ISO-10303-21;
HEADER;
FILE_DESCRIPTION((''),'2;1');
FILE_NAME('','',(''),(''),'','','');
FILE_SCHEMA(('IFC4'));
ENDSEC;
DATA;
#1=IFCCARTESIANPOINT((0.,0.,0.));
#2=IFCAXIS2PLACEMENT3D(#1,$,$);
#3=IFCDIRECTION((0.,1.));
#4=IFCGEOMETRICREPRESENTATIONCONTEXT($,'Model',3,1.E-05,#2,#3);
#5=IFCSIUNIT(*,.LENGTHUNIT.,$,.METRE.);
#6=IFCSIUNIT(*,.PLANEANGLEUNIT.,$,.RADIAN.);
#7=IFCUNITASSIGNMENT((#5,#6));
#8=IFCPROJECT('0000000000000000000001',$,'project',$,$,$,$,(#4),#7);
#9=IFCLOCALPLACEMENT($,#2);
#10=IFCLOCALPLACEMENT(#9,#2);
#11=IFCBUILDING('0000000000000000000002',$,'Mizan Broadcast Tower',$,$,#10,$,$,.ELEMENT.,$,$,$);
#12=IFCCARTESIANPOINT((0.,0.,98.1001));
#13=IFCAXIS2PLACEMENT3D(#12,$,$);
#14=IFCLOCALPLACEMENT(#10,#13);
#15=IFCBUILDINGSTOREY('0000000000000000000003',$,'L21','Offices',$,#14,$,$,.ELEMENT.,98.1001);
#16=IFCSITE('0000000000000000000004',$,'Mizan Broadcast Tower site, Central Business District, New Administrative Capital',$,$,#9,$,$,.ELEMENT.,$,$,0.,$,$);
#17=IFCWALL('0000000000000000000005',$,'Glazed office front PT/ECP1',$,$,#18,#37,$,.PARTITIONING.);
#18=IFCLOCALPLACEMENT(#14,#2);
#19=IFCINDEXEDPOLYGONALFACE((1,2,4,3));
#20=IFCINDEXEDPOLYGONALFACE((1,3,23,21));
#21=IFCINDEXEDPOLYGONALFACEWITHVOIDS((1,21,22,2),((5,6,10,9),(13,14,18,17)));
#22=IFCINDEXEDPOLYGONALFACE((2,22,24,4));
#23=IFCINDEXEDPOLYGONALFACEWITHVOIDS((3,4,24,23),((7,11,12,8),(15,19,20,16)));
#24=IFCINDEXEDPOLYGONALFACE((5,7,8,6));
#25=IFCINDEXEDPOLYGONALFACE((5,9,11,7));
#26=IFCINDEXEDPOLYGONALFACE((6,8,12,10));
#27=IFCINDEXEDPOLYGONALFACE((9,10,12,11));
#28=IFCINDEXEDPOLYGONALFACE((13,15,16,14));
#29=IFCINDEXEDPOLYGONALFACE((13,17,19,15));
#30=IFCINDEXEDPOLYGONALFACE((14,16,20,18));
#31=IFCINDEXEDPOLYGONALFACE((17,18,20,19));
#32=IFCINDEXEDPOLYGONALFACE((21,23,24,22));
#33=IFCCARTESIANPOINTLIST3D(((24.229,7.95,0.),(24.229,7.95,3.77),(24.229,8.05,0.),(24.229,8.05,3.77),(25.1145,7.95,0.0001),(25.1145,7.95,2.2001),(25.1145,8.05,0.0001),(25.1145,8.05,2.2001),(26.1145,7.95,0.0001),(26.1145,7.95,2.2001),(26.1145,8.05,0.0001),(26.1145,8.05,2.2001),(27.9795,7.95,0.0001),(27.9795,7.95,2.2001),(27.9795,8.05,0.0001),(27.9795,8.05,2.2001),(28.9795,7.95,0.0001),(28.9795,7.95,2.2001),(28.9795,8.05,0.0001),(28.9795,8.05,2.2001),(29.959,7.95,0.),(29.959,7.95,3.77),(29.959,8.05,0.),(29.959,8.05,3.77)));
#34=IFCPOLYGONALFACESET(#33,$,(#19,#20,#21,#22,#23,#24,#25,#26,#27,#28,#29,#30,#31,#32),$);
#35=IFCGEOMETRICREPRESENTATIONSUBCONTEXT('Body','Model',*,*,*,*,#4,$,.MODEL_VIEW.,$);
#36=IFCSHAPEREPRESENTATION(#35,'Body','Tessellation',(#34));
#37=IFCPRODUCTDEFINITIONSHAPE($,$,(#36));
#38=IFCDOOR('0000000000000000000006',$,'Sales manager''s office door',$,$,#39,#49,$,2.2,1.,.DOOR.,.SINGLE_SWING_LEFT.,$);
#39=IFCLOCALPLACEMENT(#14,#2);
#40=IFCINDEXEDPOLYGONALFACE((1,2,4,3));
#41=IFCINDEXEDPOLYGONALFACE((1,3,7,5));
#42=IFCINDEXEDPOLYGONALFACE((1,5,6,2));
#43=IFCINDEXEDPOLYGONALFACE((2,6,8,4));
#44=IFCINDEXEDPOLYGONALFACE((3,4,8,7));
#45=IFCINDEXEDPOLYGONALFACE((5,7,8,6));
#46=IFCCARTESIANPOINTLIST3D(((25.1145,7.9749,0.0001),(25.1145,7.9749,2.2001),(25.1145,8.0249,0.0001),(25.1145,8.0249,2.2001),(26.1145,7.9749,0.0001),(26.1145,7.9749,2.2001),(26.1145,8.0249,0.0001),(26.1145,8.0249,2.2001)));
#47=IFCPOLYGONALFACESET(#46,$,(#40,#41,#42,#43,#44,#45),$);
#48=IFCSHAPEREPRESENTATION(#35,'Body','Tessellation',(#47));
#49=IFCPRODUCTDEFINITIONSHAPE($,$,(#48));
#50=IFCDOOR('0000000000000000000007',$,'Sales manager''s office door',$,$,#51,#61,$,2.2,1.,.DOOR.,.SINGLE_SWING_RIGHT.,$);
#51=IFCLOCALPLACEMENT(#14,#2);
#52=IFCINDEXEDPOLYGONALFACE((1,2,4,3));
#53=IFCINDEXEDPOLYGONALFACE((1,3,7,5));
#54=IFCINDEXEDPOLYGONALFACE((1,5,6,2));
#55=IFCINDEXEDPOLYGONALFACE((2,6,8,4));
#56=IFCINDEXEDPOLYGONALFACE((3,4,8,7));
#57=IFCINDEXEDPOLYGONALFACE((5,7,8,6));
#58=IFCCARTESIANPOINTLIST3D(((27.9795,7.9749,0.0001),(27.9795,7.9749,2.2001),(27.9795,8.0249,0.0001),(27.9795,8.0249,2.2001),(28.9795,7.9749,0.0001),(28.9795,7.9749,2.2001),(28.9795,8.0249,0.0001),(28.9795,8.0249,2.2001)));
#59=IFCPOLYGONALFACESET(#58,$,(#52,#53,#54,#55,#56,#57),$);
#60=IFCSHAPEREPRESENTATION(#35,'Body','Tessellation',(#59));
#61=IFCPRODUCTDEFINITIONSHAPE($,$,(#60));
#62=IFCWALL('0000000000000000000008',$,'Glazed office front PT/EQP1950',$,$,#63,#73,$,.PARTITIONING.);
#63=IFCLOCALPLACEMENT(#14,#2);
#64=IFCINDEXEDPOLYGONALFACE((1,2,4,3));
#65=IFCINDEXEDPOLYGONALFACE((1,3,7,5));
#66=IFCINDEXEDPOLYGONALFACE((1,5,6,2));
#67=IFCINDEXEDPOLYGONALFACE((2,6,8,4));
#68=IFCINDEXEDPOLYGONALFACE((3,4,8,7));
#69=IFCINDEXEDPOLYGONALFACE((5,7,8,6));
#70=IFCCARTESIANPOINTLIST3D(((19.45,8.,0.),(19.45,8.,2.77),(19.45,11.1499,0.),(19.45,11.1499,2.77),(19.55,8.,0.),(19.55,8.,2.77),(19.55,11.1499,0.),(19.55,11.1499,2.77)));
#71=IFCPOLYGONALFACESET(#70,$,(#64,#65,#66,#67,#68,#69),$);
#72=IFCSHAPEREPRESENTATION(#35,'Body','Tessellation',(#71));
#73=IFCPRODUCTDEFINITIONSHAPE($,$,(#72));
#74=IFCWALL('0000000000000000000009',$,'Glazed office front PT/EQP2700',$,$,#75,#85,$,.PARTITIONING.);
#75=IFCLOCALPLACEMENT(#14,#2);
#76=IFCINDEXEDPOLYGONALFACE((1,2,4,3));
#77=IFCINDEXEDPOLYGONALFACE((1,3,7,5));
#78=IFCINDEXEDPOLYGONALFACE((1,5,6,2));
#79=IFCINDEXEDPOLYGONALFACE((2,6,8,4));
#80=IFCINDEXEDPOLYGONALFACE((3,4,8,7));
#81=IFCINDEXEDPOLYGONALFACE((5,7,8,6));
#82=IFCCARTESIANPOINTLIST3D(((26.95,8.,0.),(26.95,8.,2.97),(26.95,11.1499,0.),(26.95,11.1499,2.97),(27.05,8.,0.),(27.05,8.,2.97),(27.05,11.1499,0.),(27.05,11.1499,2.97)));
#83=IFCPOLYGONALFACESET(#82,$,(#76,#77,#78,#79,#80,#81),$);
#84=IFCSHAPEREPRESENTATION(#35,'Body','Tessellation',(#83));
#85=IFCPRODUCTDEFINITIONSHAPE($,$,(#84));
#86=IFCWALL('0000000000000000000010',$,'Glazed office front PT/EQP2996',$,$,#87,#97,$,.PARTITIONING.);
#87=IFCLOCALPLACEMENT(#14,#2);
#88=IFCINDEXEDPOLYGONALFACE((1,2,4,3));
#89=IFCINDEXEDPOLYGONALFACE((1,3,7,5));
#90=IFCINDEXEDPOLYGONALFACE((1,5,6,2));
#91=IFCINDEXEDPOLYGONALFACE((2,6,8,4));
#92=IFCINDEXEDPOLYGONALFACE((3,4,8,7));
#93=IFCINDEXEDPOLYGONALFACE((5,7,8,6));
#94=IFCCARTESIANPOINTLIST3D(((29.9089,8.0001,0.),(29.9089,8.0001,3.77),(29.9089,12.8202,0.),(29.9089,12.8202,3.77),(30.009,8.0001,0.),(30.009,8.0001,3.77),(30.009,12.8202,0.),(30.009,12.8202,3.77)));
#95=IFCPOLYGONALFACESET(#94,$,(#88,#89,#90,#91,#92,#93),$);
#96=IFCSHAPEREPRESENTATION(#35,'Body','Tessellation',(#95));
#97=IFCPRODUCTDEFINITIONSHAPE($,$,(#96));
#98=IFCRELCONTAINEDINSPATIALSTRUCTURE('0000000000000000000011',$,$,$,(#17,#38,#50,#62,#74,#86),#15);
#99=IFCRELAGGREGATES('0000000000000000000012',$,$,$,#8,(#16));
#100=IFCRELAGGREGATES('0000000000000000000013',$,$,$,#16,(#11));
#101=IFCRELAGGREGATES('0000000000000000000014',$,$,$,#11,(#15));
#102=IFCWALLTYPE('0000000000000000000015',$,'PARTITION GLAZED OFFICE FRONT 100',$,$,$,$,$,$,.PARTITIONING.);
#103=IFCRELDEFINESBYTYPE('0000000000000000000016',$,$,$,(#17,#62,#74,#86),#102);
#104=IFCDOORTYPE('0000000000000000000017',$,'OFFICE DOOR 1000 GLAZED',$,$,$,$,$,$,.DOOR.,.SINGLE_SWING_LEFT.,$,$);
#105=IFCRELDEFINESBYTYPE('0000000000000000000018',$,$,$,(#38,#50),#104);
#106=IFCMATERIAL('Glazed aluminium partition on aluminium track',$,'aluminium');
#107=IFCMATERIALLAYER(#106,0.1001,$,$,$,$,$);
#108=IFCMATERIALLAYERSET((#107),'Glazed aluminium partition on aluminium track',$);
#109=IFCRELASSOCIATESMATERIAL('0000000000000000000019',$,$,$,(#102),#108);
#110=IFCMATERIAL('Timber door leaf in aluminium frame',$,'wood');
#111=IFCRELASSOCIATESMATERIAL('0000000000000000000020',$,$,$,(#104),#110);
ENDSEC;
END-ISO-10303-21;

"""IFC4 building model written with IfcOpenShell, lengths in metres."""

from ifc_helpers import new_model, si_unit, direction, frame, frame_2d, origin, place, context, subcontext, project, spatial, rectangle, extrude, material, layer, layer_set, type_object, element, fill, save


model = new_model("IFC4")

# Units and contexts
model_context = context("Model", 3, precision=1e-05, world=origin(), true_north=direction((0.0, 1.0)))
body_context = subcontext(model_context, "Body", "Model", "MODEL_VIEW")
ifc_project = project(units=[si_unit("LENGTHUNIT", "METRE"), si_unit("PLANEANGLEUNIT", "RADIAN")], contexts=[model_context])

# Site, building, storey
site_placement = place(None, origin())
site = spatial("IfcSite", under=ifc_project, at=site_placement, Name="Mizan Broadcast Tower site, Central Business District, New Administrative Capital", CompositionType="ELEMENT", RefElevation=0.0)
building_placement = place(site_placement, origin())
building = spatial("IfcBuilding", under=site, at=building_placement, Name="Mizan Broadcast Tower", CompositionType="ELEMENT")
storey_placement = place(building_placement, frame((0.0, 0.0, 98.1001)))
storey = spatial("IfcBuildingStorey", under=building, at=storey_placement, Name="L21", Description="Offices", CompositionType="ELEMENT", Elevation=98.1001)

# Shared definitions
ifc_material_1 = material(Name="Glazed aluminium partition on aluminium track", Category="aluminium")
ifc_layer_1 = layer(ifc_material_1, 0.1001)
ifc_layer_set_1 = layer_set([ifc_layer_1], Name="Glazed aluminium partition on aluminium track")
wall_type = type_object("IfcWallType", Name="PARTITION GLAZED OFFICE FRONT 100", PredefinedType="PARTITIONING", material=ifc_layer_set_1)
ifc_material_2 = material(Name="Timber door leaf in aluminium frame", Category="wood")
door_type = type_object("IfcDoorType", Name="OFFICE DOOR 1000 GLAZED", OperationType="SINGLE_SWING_LEFT", PredefinedType="DOOR", material=ifc_material_2)

# Wall, openings, doors
wall_1_placement = place(storey_placement, frame((24.229, 8.0, 0.0), z_axis=(0.0, 0.0, 1.0), x_axis=(1.0, 0.0, 0.0)))
wall_1 = element("IfcWall", 1, at=wall_1_placement, inside=storey, type_object=wall_type, Name="Glazed office front PT/ECP1", PredefinedType="PARTITIONING", context=body_context, shape_type="SweptSolid", body=[
    extrude(rectangle(XDim=5.73, YDim=0.1001, at=frame_2d((2.865, 0.0))), origin(), (0.0, 0.0, 1.0), 3.77),
])
opening_1_placement = place(wall_1_placement, frame((0.8855, 0.0, 0.0)))
opening_1 = element("IfcOpeningElement", 2, at=opening_1_placement, cuts=wall_1, PredefinedType="OPENING", context=body_context, shape_type="SweptSolid", body=[
    extrude(rectangle(XDim=1.0, YDim=2.2, at=frame_2d((0.5, 1.1001))), frame((0.0, 0.0601, 0.0), z_axis=(0.0, -1.0, 0.0), x_axis=(1.0, 0.0, 0.0)), (0.0, 0.0, 1.0), 0.1201),
])
opening_2_placement = place(wall_1_placement, frame((3.7505, 0.0, 0.0)))
opening_2 = element("IfcOpeningElement", 3, at=opening_2_placement, cuts=wall_1, PredefinedType="OPENING", context=body_context, shape_type="SweptSolid", body=[
    extrude(rectangle(XDim=1.0, YDim=2.2, at=frame_2d((0.5, 1.1001))), frame((0.0, 0.0601, 0.0), z_axis=(0.0, -1.0, 0.0), x_axis=(1.0, 0.0, 0.0)), (0.0, 0.0, 1.0), 0.1201),
])
door_1_placement = place(opening_1_placement, origin())
door_1 = element("IfcDoor", 4, at=door_1_placement, inside=storey, type_object=door_type, Name="Sales manager's office door", OperationType="SINGLE_SWING_LEFT", OverallHeight=2.2, OverallWidth=1.0, PredefinedType="DOOR", context=body_context, shape_type="SweptSolid", body=[
    extrude(rectangle(XDim=1.0, YDim=2.2, at=frame_2d((0.5, 1.1001))), frame((0.0, 0.0249, 0.0), z_axis=(0.0, -1.0, 0.0), x_axis=(1.0, 0.0, 0.0)), (0.0, 0.0, 1.0), 0.05),
])
fill(opening_1, door_1)
door_2_placement = place(opening_2_placement, origin())
door_2 = element("IfcDoor", 5, at=door_2_placement, inside=storey, type_object=door_type, Name="Sales manager's office door", OperationType="SINGLE_SWING_RIGHT", OverallHeight=2.2, OverallWidth=1.0, PredefinedType="DOOR", context=body_context, shape_type="SweptSolid", body=[
    extrude(rectangle(XDim=1.0, YDim=2.2, at=frame_2d((0.5, 1.1001))), frame((0.0, 0.0249, 0.0), z_axis=(0.0, -1.0, 0.0), x_axis=(1.0, 0.0, 0.0)), (0.0, 0.0, 1.0), 0.05),
])
fill(opening_2, door_2)

# Walls
wall_2_placement = place(storey_placement, frame((19.5, 8.0, 0.0), z_axis=(0.0, 0.0, 1.0), x_axis=(0.0, 1.0, 0.0)))
element("IfcWall", 6, at=wall_2_placement, inside=storey, type_object=wall_type, Name="Glazed office front PT/EQP1950", PredefinedType="PARTITIONING", context=body_context, shape_type="SweptSolid", body=[
    extrude(rectangle(XDim=3.1499, YDim=0.1001, at=frame_2d((1.575, 0.0))), origin(), (0.0, 0.0, 1.0), 2.77),
])
wall_3_placement = place(storey_placement, frame((27.0, 8.0, 0.0), z_axis=(0.0, 0.0, 1.0), x_axis=(0.0, 1.0, 0.0)))
element("IfcWall", 7, at=wall_3_placement, inside=storey, type_object=wall_type, Name="Glazed office front PT/EQP2700", PredefinedType="PARTITIONING", context=body_context, shape_type="SweptSolid", body=[
    extrude(rectangle(XDim=3.1499, YDim=0.1001, at=frame_2d((1.575, 0.0))), origin(), (0.0, 0.0, 1.0), 2.97),
])
wall_4_placement = place(storey_placement, frame((29.959, 8.0, 0.0), z_axis=(0.0, 0.0, 1.0), x_axis=(0.0, 1.0, 0.0)))
element("IfcWall", 8, at=wall_4_placement, inside=storey, type_object=wall_type, Name="Glazed office front PT/EQP2996", PredefinedType="PARTITIONING", context=body_context, shape_type="SweptSolid", body=[
    extrude(rectangle(XDim=4.8201, YDim=0.1001, at=frame_2d((2.4102, 0.0))), origin(), (0.0, 0.0, 1.0), 3.77),
])

save(model, "model.ifc")
